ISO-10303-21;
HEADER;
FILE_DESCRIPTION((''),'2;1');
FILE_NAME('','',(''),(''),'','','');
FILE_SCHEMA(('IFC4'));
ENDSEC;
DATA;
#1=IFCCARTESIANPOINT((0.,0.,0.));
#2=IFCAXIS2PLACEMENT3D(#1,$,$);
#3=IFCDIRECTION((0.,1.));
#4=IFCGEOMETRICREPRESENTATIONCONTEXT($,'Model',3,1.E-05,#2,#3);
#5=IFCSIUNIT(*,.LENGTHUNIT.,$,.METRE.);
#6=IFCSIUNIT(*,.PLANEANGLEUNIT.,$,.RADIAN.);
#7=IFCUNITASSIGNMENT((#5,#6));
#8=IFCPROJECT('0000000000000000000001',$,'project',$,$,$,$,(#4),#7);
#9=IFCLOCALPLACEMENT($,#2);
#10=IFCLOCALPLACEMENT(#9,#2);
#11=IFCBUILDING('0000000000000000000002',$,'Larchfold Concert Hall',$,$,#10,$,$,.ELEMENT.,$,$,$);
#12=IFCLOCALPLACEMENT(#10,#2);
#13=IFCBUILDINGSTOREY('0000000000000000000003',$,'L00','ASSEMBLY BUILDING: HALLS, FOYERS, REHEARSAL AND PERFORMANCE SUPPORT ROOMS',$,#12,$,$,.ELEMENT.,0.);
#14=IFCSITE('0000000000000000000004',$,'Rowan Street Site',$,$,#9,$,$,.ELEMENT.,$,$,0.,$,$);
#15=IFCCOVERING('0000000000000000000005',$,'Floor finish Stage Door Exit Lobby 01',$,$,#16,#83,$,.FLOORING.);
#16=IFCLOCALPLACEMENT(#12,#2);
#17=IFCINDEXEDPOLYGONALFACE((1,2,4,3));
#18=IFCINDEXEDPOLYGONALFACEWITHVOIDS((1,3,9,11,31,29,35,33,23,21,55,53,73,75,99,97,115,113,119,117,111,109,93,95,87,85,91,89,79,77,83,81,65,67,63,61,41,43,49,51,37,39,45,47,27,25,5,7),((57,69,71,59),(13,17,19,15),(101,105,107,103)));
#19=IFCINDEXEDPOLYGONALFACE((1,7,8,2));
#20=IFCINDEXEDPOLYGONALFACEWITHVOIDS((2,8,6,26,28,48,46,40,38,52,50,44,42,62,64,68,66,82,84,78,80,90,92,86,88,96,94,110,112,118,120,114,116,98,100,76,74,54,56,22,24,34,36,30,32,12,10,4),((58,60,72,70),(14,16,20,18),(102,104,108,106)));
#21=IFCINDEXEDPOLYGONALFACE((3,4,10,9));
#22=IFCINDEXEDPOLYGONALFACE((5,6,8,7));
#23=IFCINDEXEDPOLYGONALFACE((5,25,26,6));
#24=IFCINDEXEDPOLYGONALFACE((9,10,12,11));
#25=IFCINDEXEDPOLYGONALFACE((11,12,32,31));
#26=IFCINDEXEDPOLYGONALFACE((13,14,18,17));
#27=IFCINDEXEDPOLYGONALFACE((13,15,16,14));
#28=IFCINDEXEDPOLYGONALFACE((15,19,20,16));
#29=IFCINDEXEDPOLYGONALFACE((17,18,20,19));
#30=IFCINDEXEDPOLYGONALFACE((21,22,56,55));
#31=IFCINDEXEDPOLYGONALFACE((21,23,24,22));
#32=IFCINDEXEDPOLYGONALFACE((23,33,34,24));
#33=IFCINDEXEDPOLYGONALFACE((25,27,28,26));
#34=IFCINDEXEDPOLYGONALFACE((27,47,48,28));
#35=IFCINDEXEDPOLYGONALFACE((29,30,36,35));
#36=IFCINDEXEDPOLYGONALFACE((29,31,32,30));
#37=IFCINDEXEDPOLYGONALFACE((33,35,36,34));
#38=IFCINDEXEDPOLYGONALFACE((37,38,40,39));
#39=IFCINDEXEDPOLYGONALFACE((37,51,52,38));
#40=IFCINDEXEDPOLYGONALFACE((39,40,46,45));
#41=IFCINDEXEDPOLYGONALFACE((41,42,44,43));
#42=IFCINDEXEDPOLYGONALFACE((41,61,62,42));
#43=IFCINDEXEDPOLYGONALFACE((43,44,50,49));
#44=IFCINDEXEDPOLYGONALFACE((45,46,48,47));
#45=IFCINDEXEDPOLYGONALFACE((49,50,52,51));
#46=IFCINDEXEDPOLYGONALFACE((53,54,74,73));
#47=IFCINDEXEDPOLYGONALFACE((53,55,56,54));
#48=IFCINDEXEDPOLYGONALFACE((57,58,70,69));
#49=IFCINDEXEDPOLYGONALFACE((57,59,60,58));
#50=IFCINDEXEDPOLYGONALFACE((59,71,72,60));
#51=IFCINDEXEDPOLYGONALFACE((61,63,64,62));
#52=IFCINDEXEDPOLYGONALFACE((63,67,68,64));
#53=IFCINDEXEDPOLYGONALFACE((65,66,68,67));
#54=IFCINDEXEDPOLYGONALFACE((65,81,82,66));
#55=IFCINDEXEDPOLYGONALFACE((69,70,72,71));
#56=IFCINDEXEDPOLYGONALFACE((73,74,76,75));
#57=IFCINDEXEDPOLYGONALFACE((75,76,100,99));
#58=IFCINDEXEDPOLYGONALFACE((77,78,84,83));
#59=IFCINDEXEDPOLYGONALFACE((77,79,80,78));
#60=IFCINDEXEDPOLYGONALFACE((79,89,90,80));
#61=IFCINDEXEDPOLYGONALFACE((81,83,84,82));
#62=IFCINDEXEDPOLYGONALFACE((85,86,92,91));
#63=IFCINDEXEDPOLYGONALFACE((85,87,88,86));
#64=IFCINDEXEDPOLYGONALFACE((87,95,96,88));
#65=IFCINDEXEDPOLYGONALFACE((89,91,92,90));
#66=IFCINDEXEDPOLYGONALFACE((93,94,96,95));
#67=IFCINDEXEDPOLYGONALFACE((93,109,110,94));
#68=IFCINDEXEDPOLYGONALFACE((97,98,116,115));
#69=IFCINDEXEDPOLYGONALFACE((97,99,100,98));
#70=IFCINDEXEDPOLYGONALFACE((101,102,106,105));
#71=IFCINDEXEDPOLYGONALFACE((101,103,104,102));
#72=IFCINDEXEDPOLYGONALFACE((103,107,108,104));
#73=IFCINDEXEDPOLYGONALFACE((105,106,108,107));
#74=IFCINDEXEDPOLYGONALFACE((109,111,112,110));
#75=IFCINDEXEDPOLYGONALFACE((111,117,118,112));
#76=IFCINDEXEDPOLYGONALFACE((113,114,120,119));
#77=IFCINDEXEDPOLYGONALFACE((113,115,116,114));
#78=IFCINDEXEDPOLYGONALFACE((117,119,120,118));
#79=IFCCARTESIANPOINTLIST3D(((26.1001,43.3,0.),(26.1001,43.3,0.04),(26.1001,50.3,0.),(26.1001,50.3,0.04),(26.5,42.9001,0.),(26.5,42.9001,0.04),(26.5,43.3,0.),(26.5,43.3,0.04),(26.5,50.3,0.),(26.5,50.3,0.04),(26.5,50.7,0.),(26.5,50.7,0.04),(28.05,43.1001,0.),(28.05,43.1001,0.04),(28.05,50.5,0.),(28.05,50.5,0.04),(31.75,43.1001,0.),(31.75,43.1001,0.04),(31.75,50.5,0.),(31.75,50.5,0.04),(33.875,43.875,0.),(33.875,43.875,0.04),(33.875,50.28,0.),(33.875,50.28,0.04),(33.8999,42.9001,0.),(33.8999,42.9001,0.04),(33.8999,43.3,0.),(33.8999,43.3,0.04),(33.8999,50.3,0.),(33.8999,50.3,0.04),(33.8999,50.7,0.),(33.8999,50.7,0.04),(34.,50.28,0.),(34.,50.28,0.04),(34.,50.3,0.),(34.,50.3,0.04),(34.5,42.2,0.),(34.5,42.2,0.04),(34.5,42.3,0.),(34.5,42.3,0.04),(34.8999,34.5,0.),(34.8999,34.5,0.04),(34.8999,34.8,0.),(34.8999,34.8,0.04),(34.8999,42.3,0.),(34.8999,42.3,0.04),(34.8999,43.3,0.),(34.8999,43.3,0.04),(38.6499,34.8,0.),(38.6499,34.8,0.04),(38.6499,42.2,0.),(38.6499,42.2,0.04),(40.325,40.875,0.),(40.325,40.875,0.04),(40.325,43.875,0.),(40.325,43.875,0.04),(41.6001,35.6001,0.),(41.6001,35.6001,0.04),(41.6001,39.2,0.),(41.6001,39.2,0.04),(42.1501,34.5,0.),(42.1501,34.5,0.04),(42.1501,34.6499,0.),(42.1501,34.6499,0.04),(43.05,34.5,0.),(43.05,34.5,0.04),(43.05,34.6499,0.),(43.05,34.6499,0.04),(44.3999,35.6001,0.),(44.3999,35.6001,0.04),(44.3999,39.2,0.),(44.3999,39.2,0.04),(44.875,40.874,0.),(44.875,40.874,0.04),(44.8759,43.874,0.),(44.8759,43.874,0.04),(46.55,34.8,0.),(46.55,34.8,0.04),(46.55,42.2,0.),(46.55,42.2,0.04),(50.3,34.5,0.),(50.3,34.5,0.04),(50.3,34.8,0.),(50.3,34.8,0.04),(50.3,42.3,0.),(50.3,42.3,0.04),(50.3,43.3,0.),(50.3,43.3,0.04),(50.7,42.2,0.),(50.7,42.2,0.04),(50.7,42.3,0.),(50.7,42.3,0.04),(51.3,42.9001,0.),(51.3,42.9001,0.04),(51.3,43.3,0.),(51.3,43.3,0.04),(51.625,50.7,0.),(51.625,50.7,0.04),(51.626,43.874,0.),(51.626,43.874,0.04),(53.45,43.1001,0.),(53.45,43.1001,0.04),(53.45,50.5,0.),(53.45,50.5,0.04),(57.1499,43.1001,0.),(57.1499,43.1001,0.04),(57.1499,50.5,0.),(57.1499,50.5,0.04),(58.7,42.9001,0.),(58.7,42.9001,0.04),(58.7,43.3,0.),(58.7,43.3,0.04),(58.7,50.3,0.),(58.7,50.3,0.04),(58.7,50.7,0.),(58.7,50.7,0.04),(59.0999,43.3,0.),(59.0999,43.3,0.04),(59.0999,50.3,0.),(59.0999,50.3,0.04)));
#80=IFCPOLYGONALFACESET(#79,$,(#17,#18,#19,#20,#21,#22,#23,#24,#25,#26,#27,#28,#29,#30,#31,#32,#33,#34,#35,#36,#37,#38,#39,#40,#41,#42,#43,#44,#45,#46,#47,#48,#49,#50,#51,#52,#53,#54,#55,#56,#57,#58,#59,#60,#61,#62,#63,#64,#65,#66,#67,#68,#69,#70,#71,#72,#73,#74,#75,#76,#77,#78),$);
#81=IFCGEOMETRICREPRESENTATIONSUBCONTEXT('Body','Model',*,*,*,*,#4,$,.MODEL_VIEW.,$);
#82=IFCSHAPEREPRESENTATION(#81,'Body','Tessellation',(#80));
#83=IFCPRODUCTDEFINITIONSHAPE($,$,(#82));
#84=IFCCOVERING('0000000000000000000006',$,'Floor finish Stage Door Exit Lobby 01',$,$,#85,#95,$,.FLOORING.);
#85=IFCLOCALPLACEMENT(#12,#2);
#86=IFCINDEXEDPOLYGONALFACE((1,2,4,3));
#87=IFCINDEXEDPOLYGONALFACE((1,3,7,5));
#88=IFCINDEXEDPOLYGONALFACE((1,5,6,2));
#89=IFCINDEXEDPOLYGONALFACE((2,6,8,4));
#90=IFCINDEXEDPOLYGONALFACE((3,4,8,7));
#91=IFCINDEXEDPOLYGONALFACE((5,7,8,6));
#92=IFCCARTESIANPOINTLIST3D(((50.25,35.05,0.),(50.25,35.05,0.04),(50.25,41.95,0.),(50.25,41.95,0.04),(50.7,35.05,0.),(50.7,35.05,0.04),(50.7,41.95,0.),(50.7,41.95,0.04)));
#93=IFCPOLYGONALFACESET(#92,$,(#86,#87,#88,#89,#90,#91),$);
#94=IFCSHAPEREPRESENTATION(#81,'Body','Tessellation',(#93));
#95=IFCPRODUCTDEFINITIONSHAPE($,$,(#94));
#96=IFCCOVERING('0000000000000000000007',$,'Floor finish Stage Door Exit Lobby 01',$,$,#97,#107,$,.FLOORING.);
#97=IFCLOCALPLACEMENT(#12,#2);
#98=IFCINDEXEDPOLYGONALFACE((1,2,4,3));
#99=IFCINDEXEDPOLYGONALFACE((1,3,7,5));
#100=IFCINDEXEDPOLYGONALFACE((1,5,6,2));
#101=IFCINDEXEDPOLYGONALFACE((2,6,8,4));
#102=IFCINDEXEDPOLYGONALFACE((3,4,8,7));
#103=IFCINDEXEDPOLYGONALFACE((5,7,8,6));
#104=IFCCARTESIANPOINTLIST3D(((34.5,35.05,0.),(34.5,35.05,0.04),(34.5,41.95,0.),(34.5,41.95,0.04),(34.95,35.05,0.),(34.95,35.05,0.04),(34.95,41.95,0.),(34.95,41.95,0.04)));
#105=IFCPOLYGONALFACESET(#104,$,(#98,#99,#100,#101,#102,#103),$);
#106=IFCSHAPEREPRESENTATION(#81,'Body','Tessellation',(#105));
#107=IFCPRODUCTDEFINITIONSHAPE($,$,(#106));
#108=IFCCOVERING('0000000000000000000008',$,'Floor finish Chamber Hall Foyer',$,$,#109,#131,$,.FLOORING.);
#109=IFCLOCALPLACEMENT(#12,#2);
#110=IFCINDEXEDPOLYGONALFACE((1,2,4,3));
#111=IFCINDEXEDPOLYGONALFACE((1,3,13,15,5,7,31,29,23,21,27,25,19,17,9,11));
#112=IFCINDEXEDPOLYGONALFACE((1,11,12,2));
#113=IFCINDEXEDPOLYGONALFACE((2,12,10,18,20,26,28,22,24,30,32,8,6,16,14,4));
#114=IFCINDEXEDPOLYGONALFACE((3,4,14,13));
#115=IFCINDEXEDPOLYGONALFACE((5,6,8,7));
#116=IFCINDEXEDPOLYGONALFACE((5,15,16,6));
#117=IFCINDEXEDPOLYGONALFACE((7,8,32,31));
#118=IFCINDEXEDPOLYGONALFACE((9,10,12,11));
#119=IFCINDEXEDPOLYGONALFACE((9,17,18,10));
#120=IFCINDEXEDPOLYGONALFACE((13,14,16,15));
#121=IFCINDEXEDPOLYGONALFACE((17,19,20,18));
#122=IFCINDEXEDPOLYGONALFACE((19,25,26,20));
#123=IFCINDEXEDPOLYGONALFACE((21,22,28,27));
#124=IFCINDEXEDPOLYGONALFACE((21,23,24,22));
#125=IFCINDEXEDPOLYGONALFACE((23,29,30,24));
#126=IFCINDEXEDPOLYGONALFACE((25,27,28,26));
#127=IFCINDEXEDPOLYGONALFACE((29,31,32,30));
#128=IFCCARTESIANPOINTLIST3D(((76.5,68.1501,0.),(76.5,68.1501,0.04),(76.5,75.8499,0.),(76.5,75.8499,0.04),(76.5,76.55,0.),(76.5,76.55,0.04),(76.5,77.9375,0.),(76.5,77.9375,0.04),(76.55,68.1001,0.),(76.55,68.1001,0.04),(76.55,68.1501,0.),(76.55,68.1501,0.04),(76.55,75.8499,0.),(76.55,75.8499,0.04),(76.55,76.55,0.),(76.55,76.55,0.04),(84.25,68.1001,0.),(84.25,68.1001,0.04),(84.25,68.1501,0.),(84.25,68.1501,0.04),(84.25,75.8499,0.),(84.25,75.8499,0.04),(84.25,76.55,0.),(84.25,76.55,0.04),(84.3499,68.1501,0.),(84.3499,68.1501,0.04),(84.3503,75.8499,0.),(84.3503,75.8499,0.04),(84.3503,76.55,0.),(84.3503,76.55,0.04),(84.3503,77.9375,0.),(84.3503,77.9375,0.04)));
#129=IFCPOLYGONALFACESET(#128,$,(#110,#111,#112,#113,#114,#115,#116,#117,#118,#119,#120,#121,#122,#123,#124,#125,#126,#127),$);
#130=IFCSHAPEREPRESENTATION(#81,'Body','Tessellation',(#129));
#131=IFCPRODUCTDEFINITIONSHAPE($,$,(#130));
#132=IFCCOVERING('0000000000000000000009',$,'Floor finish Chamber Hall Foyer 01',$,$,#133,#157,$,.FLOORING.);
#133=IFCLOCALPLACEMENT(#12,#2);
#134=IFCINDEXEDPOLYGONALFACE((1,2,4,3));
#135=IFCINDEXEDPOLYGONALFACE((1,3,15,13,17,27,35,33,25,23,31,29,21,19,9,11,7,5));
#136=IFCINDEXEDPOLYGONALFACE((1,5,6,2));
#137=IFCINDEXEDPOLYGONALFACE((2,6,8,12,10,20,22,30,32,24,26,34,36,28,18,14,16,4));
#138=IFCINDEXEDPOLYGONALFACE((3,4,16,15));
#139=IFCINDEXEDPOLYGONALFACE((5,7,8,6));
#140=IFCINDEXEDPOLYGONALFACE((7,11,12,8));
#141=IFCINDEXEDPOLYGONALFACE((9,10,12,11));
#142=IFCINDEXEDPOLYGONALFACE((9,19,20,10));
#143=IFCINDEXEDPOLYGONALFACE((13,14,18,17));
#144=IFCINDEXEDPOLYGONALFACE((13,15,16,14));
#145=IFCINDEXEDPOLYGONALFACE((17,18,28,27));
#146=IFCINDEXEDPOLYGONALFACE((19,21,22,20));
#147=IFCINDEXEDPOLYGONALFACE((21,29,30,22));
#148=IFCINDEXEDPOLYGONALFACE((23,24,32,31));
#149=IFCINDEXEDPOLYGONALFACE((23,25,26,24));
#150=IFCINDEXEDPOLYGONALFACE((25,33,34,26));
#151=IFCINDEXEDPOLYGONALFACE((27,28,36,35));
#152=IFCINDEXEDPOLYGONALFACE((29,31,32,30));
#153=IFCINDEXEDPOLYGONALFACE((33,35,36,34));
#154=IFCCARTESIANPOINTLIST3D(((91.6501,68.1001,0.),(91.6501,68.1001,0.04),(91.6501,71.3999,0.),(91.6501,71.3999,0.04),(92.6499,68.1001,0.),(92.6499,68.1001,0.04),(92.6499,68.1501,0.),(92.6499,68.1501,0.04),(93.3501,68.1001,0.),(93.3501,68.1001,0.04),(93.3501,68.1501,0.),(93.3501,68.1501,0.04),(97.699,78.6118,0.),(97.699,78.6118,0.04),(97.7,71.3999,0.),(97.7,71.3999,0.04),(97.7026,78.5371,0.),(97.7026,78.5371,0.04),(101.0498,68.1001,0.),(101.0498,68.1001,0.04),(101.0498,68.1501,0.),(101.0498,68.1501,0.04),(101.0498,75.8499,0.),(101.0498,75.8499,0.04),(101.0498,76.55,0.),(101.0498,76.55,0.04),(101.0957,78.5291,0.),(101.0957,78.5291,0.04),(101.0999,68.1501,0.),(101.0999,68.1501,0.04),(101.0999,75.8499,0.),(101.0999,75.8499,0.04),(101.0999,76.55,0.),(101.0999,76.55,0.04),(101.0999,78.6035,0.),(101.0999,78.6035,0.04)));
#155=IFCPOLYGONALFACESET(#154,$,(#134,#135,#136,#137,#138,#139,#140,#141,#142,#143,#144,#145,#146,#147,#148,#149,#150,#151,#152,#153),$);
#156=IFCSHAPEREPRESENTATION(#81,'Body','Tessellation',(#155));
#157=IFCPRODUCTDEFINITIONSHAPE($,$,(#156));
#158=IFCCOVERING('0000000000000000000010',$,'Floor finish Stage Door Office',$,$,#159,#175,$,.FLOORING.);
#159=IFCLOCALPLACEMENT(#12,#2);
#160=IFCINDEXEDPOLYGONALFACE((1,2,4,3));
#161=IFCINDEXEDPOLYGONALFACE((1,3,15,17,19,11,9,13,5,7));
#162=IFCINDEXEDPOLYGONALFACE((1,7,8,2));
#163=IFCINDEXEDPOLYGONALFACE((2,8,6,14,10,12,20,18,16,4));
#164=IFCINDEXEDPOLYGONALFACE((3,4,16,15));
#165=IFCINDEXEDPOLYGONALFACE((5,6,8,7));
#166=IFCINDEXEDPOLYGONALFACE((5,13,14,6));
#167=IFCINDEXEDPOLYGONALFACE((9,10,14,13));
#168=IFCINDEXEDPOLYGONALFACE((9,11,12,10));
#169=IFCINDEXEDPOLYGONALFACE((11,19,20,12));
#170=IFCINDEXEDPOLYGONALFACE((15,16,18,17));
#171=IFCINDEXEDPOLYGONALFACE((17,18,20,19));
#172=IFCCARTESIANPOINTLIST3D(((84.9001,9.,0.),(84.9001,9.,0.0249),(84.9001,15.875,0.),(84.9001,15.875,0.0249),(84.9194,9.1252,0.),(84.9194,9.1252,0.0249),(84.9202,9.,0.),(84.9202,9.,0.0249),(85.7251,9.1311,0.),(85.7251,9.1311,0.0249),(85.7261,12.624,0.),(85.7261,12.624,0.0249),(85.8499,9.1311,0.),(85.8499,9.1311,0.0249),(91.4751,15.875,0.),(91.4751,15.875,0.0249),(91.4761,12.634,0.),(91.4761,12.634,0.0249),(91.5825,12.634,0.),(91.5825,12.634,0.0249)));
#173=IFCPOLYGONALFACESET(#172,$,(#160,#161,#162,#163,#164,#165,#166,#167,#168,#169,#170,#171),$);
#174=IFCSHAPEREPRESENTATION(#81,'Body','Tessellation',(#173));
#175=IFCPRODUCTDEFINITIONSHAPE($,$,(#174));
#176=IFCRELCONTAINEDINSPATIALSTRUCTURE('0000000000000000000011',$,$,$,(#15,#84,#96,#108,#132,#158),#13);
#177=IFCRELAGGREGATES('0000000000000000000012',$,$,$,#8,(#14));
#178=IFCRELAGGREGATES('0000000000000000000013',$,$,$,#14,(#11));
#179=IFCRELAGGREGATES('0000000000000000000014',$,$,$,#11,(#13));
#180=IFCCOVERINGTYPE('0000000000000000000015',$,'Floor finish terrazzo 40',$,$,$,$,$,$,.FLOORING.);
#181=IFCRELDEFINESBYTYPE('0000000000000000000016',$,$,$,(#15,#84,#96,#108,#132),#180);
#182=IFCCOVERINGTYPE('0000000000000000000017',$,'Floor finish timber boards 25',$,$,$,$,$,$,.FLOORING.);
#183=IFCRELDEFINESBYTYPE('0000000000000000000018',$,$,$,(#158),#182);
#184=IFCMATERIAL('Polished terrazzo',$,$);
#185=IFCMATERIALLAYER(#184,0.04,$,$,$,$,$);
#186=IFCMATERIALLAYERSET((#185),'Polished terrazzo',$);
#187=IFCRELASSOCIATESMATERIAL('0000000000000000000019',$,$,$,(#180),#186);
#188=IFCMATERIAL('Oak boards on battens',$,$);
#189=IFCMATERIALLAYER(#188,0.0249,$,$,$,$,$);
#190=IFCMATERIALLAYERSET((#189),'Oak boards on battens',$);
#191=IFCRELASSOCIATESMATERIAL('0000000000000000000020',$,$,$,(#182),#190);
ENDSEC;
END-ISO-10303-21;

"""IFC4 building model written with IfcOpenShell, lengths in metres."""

from ifc_helpers import new_model, si_unit, direction, origin, place, context, subcontext, project, spatial, polyline, outline, extrude, material, layer, layer_set, type_object, element, save


model = new_model("IFC4")

# Units and contexts
model_context = context("Model", 3, precision=1e-05, world=origin(), true_north=direction((0.0, 1.0)))
body_context = subcontext(model_context, "Body", "Model", "MODEL_VIEW")
ifc_project = project(units=[si_unit("LENGTHUNIT", "METRE"), si_unit("PLANEANGLEUNIT", "RADIAN")], contexts=[model_context])

# Site, building, storey
site_placement = place(None, origin())
site = spatial("IfcSite", under=ifc_project, at=site_placement, Name="Rowan Street Site", CompositionType="ELEMENT", RefElevation=0.0)
building_placement = place(site_placement, origin())
building = spatial("IfcBuilding", under=site, at=building_placement, Name="Larchfold Concert Hall", CompositionType="ELEMENT")
storey_placement = place(building_placement, origin())
storey = spatial("IfcBuildingStorey", under=building, at=storey_placement, Name="L00", Description="ASSEMBLY BUILDING: HALLS, FOYERS, REHEARSAL AND PERFORMANCE SUPPORT ROOMS", CompositionType="ELEMENT", Elevation=0.0)

# Coverings
ifc_material_1 = material(Name="Polished terrazzo")
ifc_layer_1 = layer(ifc_material_1, 0.04)
ifc_layer_set_1 = layer_set([ifc_layer_1], Name="Polished terrazzo")
covering_type_1 = type_object("IfcCoveringType", Name="Floor finish terrazzo 40", PredefinedType="FLOORING", material=ifc_layer_set_1)
covering_1_placement = place(storey_placement, origin())
element("IfcCovering", 1, at=covering_1_placement, inside=storey, type_object=covering_type_1, Name="Floor finish Stage Door Exit Lobby 01", PredefinedType="FLOORING", context=body_context, shape_type="SweptSolid", body=[
    extrude(outline(polyline([(26.5, 50.3), (26.1001, 50.3), (26.1001, 43.3), (26.5, 43.3), (26.5, 42.9001), (33.8999, 42.9001), (33.8999, 43.3), (34.8999, 43.3), (34.8999, 42.3), (34.5, 42.3), (34.5, 42.2), (38.6499, 42.2), (38.6499, 34.8), (34.8999, 34.8), (34.8999, 34.5), (42.1501, 34.5), (42.1501, 34.6499), (43.05, 34.6499), (43.05, 34.5), (50.3, 34.5), (50.3, 34.8), (46.55, 34.8), (46.55, 42.2), (50.7, 42.2), (50.7, 42.3), (50.3, 42.3), (50.3, 43.3), (51.3, 43.3), (51.3, 42.9001), (58.7, 42.9001), (58.7, 43.3), (59.0999, 43.3), (59.0999, 50.3), (58.7, 50.3), (58.7, 50.7), (51.625, 50.7), (51.626, 43.874), (44.876, 43.874), (44.876, 43.999), (44.875, 40.874), (40.325, 40.875), (40.325, 43.875), (33.875, 43.875), (33.875, 50.28), (34.0, 50.28), (34.0, 50.3), (33.8999, 50.3), (33.8999, 50.7), (26.5, 50.7), (26.5, 50.3)]), holes=[polyline([(57.1499, 43.1001), (53.45, 43.1001), (53.45, 50.5), (57.1499, 50.5), (57.1499, 43.1001)]), polyline([(41.6001, 35.6001), (41.6001, 39.2), (44.3999, 39.2), (44.3999, 35.6001), (41.6001, 35.6001)]), polyline([(28.05, 43.1001), (28.05, 50.5), (31.75, 50.5), (31.75, 43.1001), (28.05, 43.1001)])]), origin(), (0.0, 0.0, 1.0), 0.04),
])
covering_2_placement = place(storey_placement, origin())
element("IfcCovering", 2, at=covering_2_placement, inside=storey, type_object=covering_type_1, Name="Floor finish Stage Door Exit Lobby 01", PredefinedType="FLOORING", context=body_context, shape_type="SweptSolid", body=[
    extrude(outline(polyline([(50.25, 35.05), (50.7, 35.05), (50.7, 41.95), (50.25, 41.95), (50.25, 35.05)])), origin(), (0.0, 0.0, 1.0), 0.04),
])
covering_3_placement = place(storey_placement, origin())
element("IfcCovering", 3, at=covering_3_placement, inside=storey, type_object=covering_type_1, Name="Floor finish Stage Door Exit Lobby 01", PredefinedType="FLOORING", context=body_context, shape_type="SweptSolid", body=[
    extrude(outline(polyline([(34.5, 35.05), (34.95, 35.05), (34.95, 41.95), (34.5, 41.95), (34.5, 35.05)])), origin(), (0.0, 0.0, 1.0), 0.04),
])
covering_4_placement = place(storey_placement, origin())
element("IfcCovering", 4, at=covering_4_placement, inside=storey, type_object=covering_type_1, Name="Floor finish Chamber Hall Foyer", PredefinedType="FLOORING", context=body_context, shape_type="SweptSolid", body=[
    extrude(outline(polyline([(84.3503, 76.55), (84.3503, 77.9375), (76.5, 77.9375), (76.5, 76.55), (76.55, 76.55), (76.55, 75.8499), (76.5, 75.8499), (76.5, 68.1501), (76.55, 68.1501), (76.55, 68.1001), (84.25, 68.1001), (84.25, 68.1501), (84.3499, 68.1501), (84.3503, 75.8499), (84.25, 75.8499), (84.25, 76.55), (84.3503, 76.55)])), origin(), (0.0, 0.0, 1.0), 0.04),
])
covering_5_placement = place(storey_placement, origin())
element("IfcCovering", 5, at=covering_5_placement, inside=storey, type_object=covering_type_1, Name="Floor finish Chamber Hall Foyer 01", PredefinedType="FLOORING", context=body_context, shape_type="SweptSolid", body=[
    extrude(outline(polyline([(97.699, 78.6118), (97.7, 71.3999), (91.6501, 71.3999), (91.6501, 68.1001), (92.6499, 68.1001), (92.6499, 68.1501), (93.3501, 68.1501), (93.3501, 68.1001), (101.0498, 68.1001), (101.0498, 68.1501), (101.0999, 68.1501), (101.0999, 75.8499), (101.0498, 75.8499), (101.0498, 76.55), (101.0999, 76.55), (101.0999, 78.6035), (101.0957, 78.5291), (97.7026, 78.5371), (97.699, 78.6118)])), origin(), (0.0, 0.0, 1.0), 0.04),
])
ifc_material_2 = material(Name="Oak boards on battens")
ifc_layer_2 = layer(ifc_material_2, 0.0249)
ifc_layer_set_2 = layer_set([ifc_layer_2], Name="Oak boards on battens")
covering_type_2 = type_object("IfcCoveringType", Name="Floor finish timber boards 25", PredefinedType="FLOORING", material=ifc_layer_set_2)
covering_6_placement = place(storey_placement, origin())
element("IfcCovering", 6, at=covering_6_placement, inside=storey, type_object=covering_type_2, Name="Floor finish Stage Door Office", PredefinedType="FLOORING", context=body_context, shape_type="SweptSolid", body=[
    extrude(outline(polyline([(84.9202, 9.0), (84.9194, 9.1252), (85.8499, 9.1311), (85.7251, 9.1311), (85.7261, 12.624), (91.5825, 12.634), (91.4761, 12.634), (91.4751, 15.98), (91.4751, 15.875), (84.9001, 15.875), (84.9001, 9.0), (84.9202, 9.0)])), origin(), (0.0, 0.0, 1.0), 0.0249),
])

save(model, "model.ifc")
